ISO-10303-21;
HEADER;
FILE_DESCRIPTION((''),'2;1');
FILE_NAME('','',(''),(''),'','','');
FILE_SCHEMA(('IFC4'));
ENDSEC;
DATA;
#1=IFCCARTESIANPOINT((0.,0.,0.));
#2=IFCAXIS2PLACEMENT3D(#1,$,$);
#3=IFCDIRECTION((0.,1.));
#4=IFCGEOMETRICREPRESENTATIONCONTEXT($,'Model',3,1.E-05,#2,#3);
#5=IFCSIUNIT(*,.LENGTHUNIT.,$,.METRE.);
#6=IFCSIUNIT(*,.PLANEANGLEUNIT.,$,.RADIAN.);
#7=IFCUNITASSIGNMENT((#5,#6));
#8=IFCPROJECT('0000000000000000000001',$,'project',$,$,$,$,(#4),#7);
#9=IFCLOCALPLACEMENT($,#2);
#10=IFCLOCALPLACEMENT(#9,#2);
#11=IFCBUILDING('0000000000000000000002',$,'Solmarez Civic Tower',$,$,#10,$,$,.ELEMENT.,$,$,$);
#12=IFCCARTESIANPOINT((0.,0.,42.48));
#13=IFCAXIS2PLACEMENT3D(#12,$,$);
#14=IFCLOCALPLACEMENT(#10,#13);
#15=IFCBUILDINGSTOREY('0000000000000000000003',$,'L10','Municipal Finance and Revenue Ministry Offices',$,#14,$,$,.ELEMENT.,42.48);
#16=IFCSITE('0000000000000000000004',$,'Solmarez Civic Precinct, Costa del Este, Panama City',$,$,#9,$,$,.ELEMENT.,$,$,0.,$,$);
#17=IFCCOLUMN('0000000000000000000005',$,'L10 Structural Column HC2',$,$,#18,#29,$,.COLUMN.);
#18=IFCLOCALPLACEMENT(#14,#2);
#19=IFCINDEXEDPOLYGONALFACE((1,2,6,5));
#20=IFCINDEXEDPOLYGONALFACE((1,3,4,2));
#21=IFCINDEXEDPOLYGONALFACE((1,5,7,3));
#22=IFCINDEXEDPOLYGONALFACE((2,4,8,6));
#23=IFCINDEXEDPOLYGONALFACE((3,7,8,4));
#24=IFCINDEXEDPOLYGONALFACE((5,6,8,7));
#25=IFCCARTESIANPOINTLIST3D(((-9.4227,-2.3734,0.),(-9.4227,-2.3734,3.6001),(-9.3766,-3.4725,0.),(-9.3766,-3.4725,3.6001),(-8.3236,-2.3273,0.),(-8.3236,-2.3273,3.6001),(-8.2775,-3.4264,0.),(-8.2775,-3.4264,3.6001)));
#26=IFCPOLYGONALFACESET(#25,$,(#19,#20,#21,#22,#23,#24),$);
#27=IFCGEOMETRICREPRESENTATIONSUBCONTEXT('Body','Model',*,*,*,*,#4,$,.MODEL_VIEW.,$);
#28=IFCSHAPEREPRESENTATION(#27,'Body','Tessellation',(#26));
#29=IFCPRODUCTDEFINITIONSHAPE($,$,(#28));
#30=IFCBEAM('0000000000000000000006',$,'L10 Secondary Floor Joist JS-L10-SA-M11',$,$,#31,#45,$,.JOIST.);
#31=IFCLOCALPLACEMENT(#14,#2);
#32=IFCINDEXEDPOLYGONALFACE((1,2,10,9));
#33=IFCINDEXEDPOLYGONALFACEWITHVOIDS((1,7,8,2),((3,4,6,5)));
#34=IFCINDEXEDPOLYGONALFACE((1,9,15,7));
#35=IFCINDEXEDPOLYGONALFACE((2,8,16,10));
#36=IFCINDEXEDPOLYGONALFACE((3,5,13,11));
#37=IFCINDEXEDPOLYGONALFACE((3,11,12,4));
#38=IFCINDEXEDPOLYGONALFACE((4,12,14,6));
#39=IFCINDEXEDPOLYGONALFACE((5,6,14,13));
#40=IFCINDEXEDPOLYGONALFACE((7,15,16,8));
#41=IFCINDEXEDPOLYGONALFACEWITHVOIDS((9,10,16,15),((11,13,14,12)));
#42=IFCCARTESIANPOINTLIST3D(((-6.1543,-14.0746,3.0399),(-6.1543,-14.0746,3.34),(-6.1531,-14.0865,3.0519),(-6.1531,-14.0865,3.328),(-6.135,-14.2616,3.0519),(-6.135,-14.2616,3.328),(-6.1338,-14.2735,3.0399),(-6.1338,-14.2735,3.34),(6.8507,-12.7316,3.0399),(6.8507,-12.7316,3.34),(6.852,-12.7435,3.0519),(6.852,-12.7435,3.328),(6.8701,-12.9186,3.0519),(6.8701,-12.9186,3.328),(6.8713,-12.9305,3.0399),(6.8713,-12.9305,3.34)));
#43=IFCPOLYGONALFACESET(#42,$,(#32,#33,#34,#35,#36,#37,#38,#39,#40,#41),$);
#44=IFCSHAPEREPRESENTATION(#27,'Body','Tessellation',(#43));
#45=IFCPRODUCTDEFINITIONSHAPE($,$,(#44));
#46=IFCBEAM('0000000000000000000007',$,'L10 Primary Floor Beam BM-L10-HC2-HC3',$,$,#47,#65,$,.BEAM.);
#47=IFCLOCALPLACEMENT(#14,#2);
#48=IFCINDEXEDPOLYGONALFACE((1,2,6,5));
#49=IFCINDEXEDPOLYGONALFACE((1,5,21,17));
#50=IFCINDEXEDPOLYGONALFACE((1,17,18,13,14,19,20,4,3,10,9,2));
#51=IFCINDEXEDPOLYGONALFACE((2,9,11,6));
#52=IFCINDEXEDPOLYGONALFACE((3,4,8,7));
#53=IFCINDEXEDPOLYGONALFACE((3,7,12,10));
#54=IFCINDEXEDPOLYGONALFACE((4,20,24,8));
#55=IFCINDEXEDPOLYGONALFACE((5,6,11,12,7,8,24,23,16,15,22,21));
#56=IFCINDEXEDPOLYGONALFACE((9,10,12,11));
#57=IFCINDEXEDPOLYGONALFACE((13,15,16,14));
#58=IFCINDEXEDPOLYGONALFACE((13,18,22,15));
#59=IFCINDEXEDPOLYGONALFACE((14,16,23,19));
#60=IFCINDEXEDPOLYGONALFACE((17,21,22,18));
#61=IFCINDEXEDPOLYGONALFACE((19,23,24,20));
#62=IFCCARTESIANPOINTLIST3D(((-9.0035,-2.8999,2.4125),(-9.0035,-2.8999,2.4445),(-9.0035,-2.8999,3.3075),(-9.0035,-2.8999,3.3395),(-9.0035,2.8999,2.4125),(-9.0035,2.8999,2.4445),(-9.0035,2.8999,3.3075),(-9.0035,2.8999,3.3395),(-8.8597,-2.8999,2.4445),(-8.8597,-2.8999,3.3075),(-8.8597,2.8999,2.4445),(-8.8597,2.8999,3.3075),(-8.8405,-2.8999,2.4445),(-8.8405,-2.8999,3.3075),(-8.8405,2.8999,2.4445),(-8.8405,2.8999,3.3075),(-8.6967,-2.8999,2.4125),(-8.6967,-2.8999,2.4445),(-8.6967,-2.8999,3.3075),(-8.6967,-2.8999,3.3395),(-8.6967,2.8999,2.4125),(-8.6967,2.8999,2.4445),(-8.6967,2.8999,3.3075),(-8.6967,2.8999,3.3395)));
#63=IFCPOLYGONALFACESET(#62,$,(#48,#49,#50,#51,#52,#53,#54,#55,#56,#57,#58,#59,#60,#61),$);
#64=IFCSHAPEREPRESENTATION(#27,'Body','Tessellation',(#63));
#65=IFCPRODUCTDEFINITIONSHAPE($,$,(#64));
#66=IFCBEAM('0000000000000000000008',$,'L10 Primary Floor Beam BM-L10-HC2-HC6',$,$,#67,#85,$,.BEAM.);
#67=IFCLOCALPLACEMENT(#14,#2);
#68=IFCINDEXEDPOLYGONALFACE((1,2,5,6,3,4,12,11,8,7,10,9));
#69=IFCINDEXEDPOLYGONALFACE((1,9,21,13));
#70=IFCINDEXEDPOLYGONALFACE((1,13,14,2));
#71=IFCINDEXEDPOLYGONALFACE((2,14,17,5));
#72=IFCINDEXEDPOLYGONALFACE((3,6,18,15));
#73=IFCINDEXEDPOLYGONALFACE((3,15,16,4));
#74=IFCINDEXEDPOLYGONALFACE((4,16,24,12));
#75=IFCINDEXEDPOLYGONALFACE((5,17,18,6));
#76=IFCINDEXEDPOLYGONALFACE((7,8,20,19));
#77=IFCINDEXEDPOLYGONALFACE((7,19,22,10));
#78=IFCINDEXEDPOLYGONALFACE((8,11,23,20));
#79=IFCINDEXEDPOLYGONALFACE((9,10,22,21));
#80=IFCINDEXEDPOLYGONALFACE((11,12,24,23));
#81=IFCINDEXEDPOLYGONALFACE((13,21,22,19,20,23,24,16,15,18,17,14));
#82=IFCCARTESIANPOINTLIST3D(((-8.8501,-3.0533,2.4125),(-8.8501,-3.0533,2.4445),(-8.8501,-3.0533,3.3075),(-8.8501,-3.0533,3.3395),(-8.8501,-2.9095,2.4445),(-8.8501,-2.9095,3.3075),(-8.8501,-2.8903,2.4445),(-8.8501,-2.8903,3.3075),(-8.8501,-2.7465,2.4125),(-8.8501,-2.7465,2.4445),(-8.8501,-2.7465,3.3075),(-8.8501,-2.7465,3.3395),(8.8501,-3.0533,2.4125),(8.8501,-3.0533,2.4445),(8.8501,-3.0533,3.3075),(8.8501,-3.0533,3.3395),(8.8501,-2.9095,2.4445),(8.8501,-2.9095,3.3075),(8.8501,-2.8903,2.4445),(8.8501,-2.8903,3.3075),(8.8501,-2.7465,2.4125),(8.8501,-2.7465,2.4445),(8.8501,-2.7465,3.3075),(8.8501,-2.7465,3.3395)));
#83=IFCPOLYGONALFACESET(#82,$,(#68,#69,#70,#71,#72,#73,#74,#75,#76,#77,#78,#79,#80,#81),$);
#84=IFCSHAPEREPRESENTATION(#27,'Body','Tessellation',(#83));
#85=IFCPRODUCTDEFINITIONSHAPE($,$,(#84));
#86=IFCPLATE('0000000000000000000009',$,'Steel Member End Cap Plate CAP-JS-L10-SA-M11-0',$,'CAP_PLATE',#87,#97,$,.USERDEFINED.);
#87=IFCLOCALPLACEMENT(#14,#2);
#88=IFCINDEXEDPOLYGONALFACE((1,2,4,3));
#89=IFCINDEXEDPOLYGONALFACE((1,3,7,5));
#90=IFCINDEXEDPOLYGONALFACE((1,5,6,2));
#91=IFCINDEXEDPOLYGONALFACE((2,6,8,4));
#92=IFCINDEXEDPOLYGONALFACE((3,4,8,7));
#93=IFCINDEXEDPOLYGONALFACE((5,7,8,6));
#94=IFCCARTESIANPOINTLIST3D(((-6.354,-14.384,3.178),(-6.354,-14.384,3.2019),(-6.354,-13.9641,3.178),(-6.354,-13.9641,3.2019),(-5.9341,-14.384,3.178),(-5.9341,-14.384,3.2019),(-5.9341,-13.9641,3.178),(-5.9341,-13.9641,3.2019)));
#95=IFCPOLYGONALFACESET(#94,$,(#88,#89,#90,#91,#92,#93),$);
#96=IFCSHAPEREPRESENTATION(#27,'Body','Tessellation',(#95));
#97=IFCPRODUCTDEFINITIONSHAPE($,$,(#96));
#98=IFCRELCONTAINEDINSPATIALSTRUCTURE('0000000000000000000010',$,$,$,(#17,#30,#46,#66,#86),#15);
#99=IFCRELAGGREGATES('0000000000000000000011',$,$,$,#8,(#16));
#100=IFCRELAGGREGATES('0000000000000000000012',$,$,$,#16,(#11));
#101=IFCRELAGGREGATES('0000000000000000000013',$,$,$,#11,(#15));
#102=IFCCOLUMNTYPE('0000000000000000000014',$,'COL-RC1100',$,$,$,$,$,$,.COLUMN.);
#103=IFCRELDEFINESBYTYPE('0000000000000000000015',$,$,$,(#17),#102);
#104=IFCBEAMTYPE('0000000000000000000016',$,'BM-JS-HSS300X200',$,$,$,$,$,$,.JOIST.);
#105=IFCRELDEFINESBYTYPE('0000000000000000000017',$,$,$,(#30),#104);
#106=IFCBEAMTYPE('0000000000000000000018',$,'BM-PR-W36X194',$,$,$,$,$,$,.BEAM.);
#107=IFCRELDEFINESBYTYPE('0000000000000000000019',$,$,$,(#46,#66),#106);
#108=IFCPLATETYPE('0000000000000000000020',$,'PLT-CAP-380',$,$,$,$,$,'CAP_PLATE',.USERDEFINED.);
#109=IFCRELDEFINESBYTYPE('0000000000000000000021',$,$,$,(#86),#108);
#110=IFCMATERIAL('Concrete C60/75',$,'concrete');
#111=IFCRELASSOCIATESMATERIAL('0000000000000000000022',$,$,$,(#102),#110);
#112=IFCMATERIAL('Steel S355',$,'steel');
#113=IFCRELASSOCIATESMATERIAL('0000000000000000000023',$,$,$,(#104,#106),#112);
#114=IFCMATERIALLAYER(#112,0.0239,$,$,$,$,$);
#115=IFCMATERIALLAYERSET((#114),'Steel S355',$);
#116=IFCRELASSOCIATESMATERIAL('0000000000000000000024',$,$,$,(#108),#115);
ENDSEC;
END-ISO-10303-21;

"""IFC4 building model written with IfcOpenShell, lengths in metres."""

from ifc_helpers import new_model, si_unit, direction, frame, origin, origin_2d, place, context, subcontext, project, spatial, rectangle, hollow_rectangle, i_section, extrude, material, layer, layer_set, material_profile, profile_set, type_object, element, save


model = new_model("IFC4")

# Units and contexts
model_context = context("Model", 3, precision=1e-05, world=origin(), true_north=direction((0.0, 1.0)))
body_context = subcontext(model_context, "Body", "Model", "MODEL_VIEW")
ifc_project = project(units=[si_unit("LENGTHUNIT", "METRE"), si_unit("PLANEANGLEUNIT", "RADIAN")], contexts=[model_context])

# Site, building, storey
site_placement = place(None, origin())
site = spatial("IfcSite", under=ifc_project, at=site_placement, Name="Solmarez Civic Precinct, Costa del Este, Panama City", CompositionType="ELEMENT", RefElevation=0.0)
building_placement = place(site_placement, origin())
building = spatial("IfcBuilding", under=site, at=building_placement, Name="Solmarez Civic Tower", CompositionType="ELEMENT")
storey_placement = place(building_placement, frame((0.0, 0.0, 42.48)))
storey = spatial("IfcBuildingStorey", under=building, at=storey_placement, Name="L10", Description="Municipal Finance and Revenue Ministry Offices", CompositionType="ELEMENT", Elevation=42.48)

# Column
ifc_material_1 = material(Name="Concrete C60/75", Category="concrete")
ifc_material_profile_1 = material_profile(ifc_material_1, rectangle(XDim=1.1001, YDim=1.1001, at=origin_2d()), Name="RC1100X1100")
ifc_profile_set_1 = profile_set([ifc_material_profile_1], Name="Concrete C60/75")
column_type = type_object("IfcColumnType", Name="COL-RC1100", PredefinedType="COLUMN", material=ifc_profile_set_1)
column_placement = place(storey_placement, frame((-8.8501, -2.8999, 0.0), z_axis=(0.0, 0.0, 1.0), x_axis=(0.999123, 0.041876, 0.0)))
element("IfcColumn", 1, at=column_placement, inside=storey, type_object=column_type, Name="L10 Structural Column HC2", PredefinedType="COLUMN", context=body_context, shape_type="SweptSolid", body=[
    extrude(rectangle(XDim=1.1001, YDim=1.1001, at=origin_2d()), origin(), (0.0, 0.0, 1.0), 3.6001),
])

# Beams
ifc_material_2 = material(Name="Steel S355", Category="steel")
ifc_material_profile_2 = material_profile(ifc_material_2, hollow_rectangle(XDim=0.2, YDim=0.3, WallThickness=0.012, at=origin_2d()), Name="HSS300X200X12")
ifc_profile_set_2 = profile_set([ifc_material_profile_2], Name="Steel S355")
beam_type_1 = type_object("IfcBeamType", Name="BM-JS-HSS300X200", PredefinedType="JOIST", material=ifc_profile_set_2)
beam_1_placement = place(storey_placement, frame((-6.144, -14.1741, 3.1899), z_axis=(0.99471, 0.102722, 0.0), x_axis=(-0.102722, 0.99471, 0.0)))
element("IfcBeam", 2, at=beam_1_placement, inside=storey, type_object=beam_type_1, Name="L10 Secondary Floor Joist JS-L10-SA-M11", PredefinedType="JOIST", context=body_context, shape_type="SweptSolid", body=[
    extrude(hollow_rectangle(XDim=0.2, YDim=0.3, WallThickness=0.012, at=origin_2d()), origin(), (0.0, 0.0, 1.0), 13.0742),
])
ifc_material_profile_3 = material_profile(ifc_material_2, i_section(OverallWidth=0.3069, OverallDepth=0.927, WebThickness=0.0193, FlangeThickness=0.032, at=origin_2d()), Name="W36X194")
ifc_profile_set_3 = profile_set([ifc_material_profile_3], Name="Steel S355")
beam_type_2 = type_object("IfcBeamType", Name="BM-PR-W36X194", PredefinedType="BEAM", material=ifc_profile_set_3)
beam_2_placement = place(storey_placement, frame((-8.8501, -2.8999, 2.876), z_axis=(0.0, 1.0, 0.0), x_axis=(-1.0, 0.0, 0.0)))
element("IfcBeam", 3, at=beam_2_placement, inside=storey, type_object=beam_type_2, Name="L10 Primary Floor Beam BM-L10-HC2-HC3", PredefinedType="BEAM", context=body_context, shape_type="SweptSolid", body=[
    extrude(i_section(OverallWidth=0.3069, OverallDepth=0.927, WebThickness=0.0193, FlangeThickness=0.032, at=origin_2d()), origin(), (0.0, 0.0, 1.0), 5.7998),
])
beam_3_placement = place(storey_placement, frame((-8.8501, -2.8999, 2.876), z_axis=(1.0, 0.0, 0.0), x_axis=(0.0, 1.0, 0.0)))
element("IfcBeam", 4, at=beam_3_placement, inside=storey, type_object=beam_type_2, Name="L10 Primary Floor Beam BM-L10-HC2-HC6", PredefinedType="BEAM", context=body_context, shape_type="SweptSolid", body=[
    extrude(i_section(OverallWidth=0.3069, OverallDepth=0.927, WebThickness=0.0193, FlangeThickness=0.032, at=origin_2d()), origin(), (0.0, 0.0, 1.0), 17.7002),
])

# Plate
ifc_layer_1 = layer(ifc_material_2, 0.0239)
ifc_layer_set_1 = layer_set([ifc_layer_1], Name="Steel S355")
plate_type = type_object("IfcPlateType", Name="PLT-CAP-380", ElementType="CAP_PLATE", PredefinedType="USERDEFINED", material=ifc_layer_set_1)
plate_placement = place(storey_placement, frame((-6.144, -14.1741, 3.178), z_axis=(0.0, 0.0, 1.0), x_axis=(1.0, 0.0, 0.0)))
element("IfcPlate", 5, at=plate_placement, inside=storey, type_object=plate_type, Name="Steel Member End Cap Plate CAP-JS-L10-SA-M11-0", ObjectType="CAP_PLATE", PredefinedType="USERDEFINED", context=body_context, shape_type="SweptSolid", body=[
    extrude(rectangle(XDim=0.4199, YDim=0.4199, at=origin_2d()), origin(), (0.0, 0.0, 1.0), 0.0239),
])

save(model, "model.ifc")
